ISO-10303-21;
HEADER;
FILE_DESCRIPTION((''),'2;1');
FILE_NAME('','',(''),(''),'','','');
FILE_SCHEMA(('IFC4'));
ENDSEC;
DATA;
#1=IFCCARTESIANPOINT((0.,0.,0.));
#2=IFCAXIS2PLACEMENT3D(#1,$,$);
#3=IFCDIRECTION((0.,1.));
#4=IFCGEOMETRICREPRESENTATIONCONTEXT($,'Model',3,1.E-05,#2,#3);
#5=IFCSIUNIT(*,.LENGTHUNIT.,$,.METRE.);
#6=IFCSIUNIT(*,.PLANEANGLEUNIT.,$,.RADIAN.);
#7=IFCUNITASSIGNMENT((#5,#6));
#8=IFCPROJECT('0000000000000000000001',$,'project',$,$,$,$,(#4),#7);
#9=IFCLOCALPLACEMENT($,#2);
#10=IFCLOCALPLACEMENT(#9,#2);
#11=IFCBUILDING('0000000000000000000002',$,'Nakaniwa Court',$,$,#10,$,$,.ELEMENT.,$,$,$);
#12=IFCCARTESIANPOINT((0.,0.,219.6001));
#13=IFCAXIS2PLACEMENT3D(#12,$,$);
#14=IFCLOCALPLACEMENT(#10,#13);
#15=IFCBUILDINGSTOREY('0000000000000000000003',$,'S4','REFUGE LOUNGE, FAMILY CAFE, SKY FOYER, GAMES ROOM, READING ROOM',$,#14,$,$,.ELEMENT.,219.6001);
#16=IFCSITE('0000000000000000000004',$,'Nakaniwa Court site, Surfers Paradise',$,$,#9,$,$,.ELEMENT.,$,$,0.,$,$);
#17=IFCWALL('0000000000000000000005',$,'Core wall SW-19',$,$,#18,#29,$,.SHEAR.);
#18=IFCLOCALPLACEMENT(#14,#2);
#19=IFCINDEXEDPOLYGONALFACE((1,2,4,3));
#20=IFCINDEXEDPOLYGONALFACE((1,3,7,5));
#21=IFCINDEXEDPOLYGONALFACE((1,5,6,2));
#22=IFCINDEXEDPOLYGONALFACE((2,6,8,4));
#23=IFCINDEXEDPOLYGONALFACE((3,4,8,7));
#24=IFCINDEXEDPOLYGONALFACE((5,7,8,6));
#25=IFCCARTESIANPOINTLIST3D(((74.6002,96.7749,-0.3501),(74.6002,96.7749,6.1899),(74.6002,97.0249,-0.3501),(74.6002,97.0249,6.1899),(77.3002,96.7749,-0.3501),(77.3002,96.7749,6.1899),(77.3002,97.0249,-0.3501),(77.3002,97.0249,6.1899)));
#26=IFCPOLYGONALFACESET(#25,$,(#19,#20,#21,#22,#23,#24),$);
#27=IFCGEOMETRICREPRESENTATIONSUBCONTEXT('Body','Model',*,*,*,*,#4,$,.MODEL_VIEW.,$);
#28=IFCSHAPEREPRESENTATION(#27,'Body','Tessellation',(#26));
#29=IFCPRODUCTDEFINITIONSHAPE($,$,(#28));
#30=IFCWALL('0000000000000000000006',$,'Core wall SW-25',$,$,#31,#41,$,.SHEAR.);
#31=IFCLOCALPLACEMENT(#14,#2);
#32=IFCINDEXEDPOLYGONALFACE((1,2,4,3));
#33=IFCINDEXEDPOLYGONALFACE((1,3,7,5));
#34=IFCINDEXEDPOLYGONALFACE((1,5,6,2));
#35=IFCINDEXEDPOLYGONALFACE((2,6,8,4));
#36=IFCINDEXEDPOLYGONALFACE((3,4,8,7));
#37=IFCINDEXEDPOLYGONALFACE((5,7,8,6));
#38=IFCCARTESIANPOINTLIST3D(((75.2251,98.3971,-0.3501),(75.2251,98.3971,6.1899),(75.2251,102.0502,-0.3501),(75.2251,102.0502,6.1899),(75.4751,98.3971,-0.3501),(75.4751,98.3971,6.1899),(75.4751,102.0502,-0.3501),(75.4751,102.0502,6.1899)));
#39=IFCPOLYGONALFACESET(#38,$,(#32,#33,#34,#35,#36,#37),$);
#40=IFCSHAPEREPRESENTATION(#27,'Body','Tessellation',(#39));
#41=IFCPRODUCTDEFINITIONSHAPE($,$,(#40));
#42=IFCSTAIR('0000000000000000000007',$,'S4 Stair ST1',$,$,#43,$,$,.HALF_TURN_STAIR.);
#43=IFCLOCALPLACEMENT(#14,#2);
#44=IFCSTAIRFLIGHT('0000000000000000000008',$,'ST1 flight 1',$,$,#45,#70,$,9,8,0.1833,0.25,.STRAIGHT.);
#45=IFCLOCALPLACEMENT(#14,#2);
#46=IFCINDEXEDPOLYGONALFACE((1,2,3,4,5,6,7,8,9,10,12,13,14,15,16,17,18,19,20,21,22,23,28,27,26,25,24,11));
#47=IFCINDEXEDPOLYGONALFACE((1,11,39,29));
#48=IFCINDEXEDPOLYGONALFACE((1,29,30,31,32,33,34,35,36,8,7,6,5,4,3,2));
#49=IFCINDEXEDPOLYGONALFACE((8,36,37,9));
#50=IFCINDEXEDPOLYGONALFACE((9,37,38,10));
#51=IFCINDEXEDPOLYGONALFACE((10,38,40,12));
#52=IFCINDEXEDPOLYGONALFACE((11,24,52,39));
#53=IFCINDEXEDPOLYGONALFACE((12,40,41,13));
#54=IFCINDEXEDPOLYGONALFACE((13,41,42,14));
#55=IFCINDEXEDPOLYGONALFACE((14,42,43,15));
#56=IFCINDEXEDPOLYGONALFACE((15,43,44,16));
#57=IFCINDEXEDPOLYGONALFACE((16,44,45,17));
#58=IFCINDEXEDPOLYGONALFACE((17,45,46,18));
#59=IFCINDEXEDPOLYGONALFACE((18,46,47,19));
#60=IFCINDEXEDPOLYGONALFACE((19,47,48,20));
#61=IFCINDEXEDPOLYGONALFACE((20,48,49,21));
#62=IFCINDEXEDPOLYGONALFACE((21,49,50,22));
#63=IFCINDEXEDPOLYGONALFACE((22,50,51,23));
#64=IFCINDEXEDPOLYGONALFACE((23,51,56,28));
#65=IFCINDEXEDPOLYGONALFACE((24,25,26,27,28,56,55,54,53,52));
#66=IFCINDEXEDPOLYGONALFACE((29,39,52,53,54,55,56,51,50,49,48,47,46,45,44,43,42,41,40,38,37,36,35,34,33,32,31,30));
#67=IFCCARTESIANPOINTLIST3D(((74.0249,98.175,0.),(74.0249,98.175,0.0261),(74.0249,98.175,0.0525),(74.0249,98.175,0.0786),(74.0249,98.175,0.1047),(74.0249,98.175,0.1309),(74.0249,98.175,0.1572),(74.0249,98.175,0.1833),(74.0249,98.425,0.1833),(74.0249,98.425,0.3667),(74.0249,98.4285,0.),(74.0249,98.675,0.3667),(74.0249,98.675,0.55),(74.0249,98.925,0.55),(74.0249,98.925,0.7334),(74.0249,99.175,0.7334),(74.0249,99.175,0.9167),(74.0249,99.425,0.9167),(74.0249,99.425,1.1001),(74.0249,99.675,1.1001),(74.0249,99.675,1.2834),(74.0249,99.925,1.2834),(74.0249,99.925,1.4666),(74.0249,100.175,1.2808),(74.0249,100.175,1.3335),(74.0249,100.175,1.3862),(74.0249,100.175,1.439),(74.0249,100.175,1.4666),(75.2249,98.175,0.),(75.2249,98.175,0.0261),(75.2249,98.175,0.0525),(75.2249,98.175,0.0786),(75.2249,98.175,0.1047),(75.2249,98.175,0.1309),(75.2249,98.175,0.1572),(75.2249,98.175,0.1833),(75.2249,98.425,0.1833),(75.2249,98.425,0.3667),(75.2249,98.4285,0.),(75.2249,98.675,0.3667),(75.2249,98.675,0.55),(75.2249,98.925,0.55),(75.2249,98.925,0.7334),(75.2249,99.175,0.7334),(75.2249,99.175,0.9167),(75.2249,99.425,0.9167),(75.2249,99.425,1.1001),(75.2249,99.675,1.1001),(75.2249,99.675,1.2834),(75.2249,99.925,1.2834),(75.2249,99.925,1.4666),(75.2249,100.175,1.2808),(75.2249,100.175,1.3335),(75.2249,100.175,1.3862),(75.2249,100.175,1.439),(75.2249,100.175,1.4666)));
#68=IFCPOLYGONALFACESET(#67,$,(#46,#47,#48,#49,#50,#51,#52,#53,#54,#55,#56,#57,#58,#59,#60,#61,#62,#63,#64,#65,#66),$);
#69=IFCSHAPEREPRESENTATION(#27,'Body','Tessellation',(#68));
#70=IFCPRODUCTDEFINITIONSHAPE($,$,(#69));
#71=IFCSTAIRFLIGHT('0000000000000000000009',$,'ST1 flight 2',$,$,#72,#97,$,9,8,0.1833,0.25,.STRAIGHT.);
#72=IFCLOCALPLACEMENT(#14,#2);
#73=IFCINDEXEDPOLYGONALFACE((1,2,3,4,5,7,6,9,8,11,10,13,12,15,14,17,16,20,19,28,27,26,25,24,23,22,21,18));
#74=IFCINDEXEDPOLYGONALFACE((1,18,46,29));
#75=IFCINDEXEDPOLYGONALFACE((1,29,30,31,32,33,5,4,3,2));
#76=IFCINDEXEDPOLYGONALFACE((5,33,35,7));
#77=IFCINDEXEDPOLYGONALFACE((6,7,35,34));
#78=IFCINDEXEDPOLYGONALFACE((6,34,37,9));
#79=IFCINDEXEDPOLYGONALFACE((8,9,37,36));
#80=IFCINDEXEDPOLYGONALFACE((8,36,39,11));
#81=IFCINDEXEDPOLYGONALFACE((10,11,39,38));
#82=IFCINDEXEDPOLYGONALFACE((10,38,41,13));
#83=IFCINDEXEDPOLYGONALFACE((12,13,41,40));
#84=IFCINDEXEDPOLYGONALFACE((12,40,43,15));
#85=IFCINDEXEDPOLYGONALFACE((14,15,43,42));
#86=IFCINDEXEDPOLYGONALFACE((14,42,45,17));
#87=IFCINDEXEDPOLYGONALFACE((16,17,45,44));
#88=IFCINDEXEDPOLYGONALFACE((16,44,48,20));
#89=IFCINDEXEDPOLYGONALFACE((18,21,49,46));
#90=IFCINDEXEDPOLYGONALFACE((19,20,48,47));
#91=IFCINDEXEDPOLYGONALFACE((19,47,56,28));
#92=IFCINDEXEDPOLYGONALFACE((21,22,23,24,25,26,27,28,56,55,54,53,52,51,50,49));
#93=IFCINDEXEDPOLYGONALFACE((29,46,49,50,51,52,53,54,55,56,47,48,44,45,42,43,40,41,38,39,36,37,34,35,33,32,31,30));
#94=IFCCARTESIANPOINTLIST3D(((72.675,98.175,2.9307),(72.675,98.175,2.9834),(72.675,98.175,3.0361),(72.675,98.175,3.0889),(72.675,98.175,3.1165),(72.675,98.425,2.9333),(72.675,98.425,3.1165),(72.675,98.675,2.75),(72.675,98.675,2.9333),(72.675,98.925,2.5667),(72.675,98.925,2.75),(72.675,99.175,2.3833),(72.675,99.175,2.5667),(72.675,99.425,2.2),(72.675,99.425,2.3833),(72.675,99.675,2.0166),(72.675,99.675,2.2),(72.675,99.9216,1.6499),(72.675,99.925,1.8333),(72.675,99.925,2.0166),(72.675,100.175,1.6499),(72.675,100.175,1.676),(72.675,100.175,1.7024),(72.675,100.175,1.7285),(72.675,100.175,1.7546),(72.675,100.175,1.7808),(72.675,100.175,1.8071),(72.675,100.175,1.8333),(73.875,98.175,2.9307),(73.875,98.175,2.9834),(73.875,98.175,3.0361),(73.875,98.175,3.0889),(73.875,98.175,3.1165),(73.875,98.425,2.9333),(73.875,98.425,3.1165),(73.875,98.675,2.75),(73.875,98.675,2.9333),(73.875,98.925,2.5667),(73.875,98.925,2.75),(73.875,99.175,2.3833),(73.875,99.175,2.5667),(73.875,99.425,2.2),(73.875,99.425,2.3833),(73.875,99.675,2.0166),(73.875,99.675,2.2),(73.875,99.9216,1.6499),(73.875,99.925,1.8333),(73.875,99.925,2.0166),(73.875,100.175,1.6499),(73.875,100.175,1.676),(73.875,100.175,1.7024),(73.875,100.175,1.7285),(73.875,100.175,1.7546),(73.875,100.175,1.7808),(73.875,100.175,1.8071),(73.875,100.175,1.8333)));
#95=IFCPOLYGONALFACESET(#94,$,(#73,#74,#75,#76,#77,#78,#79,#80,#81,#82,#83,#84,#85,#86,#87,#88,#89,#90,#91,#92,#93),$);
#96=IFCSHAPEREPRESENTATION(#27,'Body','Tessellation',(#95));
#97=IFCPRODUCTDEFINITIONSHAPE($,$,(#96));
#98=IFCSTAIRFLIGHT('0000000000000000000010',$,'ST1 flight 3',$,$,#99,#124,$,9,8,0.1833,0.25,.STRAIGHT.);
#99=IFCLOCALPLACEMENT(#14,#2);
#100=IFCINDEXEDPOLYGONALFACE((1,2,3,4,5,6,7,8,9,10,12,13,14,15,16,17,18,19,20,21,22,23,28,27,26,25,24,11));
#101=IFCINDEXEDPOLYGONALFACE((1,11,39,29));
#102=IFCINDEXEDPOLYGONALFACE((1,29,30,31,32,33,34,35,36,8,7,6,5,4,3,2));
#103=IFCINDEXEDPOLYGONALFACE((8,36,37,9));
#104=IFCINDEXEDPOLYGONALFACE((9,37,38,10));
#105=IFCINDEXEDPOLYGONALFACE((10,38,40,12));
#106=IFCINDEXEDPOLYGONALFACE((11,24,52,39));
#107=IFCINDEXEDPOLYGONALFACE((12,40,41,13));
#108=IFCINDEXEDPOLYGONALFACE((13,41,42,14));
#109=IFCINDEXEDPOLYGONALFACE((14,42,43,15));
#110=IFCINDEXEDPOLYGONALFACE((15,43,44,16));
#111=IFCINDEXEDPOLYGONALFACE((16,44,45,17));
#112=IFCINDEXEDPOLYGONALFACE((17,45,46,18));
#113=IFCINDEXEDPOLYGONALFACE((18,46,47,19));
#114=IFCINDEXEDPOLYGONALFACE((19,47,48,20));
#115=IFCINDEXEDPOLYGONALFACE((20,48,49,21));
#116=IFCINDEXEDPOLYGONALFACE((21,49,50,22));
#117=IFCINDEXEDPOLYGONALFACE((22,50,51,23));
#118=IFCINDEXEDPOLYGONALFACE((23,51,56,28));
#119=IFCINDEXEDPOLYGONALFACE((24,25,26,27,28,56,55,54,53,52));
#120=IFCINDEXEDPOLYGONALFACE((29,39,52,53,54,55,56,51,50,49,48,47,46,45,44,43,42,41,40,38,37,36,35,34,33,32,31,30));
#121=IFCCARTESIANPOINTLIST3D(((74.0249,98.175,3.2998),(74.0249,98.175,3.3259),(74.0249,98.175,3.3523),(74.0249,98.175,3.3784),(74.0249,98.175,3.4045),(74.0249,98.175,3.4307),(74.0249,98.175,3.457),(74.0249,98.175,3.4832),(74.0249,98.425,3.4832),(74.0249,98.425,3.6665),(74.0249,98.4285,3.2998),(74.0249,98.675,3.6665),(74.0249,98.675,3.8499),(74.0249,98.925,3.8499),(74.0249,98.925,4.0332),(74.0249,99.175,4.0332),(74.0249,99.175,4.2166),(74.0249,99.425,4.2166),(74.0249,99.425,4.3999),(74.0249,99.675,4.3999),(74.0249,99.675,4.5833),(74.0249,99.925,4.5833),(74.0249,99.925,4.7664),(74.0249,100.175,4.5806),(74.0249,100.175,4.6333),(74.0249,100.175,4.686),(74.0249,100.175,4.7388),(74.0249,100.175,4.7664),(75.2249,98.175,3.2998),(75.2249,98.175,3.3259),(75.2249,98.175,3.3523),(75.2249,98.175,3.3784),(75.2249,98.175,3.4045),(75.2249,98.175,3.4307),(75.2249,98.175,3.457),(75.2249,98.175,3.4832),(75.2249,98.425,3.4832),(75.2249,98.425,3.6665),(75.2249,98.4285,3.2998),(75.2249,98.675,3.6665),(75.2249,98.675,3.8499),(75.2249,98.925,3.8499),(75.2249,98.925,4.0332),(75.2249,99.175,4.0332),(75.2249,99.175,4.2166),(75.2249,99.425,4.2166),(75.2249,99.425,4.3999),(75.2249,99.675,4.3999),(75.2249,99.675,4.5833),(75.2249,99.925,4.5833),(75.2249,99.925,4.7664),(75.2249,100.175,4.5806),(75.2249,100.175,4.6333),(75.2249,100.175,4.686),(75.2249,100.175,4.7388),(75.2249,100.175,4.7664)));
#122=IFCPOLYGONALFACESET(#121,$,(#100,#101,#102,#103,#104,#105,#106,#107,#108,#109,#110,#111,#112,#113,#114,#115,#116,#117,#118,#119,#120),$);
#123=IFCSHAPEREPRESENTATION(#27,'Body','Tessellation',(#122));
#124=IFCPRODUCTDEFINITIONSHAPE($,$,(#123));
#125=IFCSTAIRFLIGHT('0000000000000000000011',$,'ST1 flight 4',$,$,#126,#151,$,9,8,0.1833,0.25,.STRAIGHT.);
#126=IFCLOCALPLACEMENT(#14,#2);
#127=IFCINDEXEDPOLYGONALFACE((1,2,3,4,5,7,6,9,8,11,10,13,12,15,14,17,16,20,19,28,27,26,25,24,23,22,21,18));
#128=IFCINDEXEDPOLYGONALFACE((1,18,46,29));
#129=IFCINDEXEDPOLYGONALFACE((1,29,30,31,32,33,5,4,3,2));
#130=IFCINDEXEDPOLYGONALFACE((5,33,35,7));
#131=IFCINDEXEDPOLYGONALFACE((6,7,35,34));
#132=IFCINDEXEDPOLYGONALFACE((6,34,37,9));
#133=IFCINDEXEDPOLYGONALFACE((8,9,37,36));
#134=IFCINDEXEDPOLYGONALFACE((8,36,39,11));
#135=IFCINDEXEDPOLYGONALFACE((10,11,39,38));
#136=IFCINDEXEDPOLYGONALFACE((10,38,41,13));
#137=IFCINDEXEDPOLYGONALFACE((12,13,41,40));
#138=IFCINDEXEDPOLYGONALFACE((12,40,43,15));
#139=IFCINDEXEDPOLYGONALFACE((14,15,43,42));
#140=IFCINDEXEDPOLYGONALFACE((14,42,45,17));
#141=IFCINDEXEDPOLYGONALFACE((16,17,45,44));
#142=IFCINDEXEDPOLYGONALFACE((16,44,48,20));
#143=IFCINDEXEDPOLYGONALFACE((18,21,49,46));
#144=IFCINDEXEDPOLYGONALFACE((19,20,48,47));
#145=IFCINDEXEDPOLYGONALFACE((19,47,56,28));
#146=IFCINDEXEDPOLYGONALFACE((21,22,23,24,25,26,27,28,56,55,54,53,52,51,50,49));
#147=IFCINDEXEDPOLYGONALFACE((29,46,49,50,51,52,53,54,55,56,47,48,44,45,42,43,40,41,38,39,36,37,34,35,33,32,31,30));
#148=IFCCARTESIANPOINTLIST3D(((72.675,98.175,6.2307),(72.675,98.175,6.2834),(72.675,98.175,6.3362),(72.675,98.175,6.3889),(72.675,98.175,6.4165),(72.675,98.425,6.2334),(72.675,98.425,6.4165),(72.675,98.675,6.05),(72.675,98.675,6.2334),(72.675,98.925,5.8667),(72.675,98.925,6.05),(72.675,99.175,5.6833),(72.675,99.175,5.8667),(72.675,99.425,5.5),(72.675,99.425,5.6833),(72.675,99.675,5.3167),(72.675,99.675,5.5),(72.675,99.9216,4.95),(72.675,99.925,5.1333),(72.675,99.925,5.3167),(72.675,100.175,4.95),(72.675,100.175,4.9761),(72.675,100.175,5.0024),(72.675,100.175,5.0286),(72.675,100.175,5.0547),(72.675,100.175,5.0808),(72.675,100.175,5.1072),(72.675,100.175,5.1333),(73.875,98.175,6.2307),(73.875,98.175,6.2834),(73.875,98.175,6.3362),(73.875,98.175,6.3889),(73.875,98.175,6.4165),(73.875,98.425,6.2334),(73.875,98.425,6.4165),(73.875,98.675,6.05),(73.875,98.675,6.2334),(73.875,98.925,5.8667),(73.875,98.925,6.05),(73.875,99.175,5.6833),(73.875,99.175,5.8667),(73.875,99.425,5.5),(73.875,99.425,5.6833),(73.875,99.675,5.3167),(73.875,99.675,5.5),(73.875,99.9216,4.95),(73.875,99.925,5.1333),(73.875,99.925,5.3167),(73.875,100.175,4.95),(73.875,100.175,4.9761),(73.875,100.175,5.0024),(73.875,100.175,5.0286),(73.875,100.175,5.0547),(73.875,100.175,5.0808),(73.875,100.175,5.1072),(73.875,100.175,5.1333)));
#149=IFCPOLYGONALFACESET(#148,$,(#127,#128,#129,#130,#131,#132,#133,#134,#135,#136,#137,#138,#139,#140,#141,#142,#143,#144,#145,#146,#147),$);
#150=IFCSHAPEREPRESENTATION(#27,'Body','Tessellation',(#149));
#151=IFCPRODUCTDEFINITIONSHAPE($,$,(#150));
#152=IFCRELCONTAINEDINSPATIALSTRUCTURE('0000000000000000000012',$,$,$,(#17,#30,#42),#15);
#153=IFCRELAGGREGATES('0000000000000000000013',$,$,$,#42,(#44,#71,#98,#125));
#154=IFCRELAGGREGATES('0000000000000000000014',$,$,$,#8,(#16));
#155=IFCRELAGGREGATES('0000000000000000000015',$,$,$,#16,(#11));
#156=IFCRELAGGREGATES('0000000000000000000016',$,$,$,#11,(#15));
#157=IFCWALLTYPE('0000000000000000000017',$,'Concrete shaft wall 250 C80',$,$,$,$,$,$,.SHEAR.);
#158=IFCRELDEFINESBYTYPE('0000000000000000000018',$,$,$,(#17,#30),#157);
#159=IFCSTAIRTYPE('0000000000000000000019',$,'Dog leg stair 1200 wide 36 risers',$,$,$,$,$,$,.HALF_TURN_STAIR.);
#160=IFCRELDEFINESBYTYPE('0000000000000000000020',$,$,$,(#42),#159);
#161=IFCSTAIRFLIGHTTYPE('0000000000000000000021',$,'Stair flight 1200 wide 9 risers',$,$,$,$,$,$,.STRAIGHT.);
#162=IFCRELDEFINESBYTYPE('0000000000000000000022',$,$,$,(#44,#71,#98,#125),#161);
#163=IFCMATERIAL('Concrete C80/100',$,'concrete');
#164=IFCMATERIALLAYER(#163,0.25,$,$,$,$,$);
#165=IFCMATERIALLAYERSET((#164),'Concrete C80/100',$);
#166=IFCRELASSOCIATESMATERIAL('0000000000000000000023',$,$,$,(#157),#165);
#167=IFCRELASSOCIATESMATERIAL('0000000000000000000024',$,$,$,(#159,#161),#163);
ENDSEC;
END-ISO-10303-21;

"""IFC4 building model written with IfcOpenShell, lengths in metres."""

from ifc_helpers import new_model, si_unit, direction, frame, frame_2d, origin, place, context, subcontext, project, spatial, polyline, rectangle, outline, extrude, material, layer, layer_set, type_object, element, aggregate, save


model = new_model("IFC4")

# Units and contexts
model_context = context("Model", 3, precision=1e-05, world=origin(), true_north=direction((0.0, 1.0)))
body_context = subcontext(model_context, "Body", "Model", "MODEL_VIEW")
ifc_project = project(units=[si_unit("LENGTHUNIT", "METRE"), si_unit("PLANEANGLEUNIT", "RADIAN")], contexts=[model_context])

# Site, building, storey
site_placement = place(None, origin())
site = spatial("IfcSite", under=ifc_project, at=site_placement, Name="Nakaniwa Court site, Surfers Paradise", CompositionType="ELEMENT", RefElevation=0.0)
building_placement = place(site_placement, origin())
building = spatial("IfcBuilding", under=site, at=building_placement, Name="Nakaniwa Court", CompositionType="ELEMENT")
storey_placement = place(building_placement, frame((0.0, 0.0, 219.6001)))
storey = spatial("IfcBuildingStorey", under=building, at=storey_placement, Name="S4", Description="REFUGE LOUNGE, FAMILY CAFE, SKY FOYER, GAMES ROOM, READING ROOM", CompositionType="ELEMENT", Elevation=219.6001)

# Shared definitions
ifc_material_1 = material(Name="Concrete C80/100", Category="concrete")

# Walls
ifc_layer_1 = layer(ifc_material_1, 0.25)
ifc_layer_set_1 = layer_set([ifc_layer_1], Name="Concrete C80/100")
wall_type_1 = type_object("IfcWallType", Name="Concrete shaft wall 250 C80", PredefinedType="SHEAR", material=ifc_layer_set_1)
wall_1_placement = place(storey_placement, frame((74.6001, 96.8999, -0.3501), z_axis=(0.0, 0.0, 1.0), x_axis=(1.0, 0.0, 0.0)))
element("IfcWall", 1, at=wall_1_placement, inside=storey, type_object=wall_type_1, Name="Core wall SW-19", PredefinedType="SHEAR", context=body_context, shape_type="SweptSolid", body=[
    extrude(rectangle(XDim=2.7, YDim=0.25, at=frame_2d((1.3501, 0.0))), origin(), (0.0, 0.0, 1.0), 6.54),
])
wall_2_placement = place(storey_placement, frame((75.3501, 98.397, -0.3501), z_axis=(0.0, 0.0, 1.0), x_axis=(0.0, 1.0, 0.0)))
element("IfcWall", 2, at=wall_2_placement, inside=storey, type_object=wall_type_1, Name="Core wall SW-25", PredefinedType="SHEAR", context=body_context, shape_type="SweptSolid", body=[
    extrude(rectangle(XDim=3.6531, YDim=0.25, at=frame_2d((1.8267, 0.0))), origin(), (0.0, 0.0, 1.0), 6.54),
])

# Stair, stair flights
stair_type = type_object("IfcStairType", Name="Dog leg stair 1200 wide 36 risers", PredefinedType="HALF_TURN_STAIR", material=ifc_material_1)
stair_placement = place(storey_placement, origin())
stair = element("IfcStair", 3, at=stair_placement, inside=storey, type_object=stair_type, Name="S4 Stair ST1", PredefinedType="HALF_TURN_STAIR")
stair_flight_type = type_object("IfcStairFlightType", Name="Stair flight 1200 wide 9 risers", PredefinedType="STRAIGHT", material=ifc_material_1)
stair_flight_1_placement = place(storey_placement, frame((74.625, 98.175, 0.0), z_axis=(0.0, 0.0, 1.0), x_axis=(0.0, 1.0, 0.0)))
stair_flight_1 = element("IfcStairFlight", 4, at=stair_flight_1_placement, type_object=stair_flight_type, Name="ST1 flight 1", NumberOfRisers=9, NumberOfTreads=8, PredefinedType="STRAIGHT", RiserHeight=0.1833, TreadLength=0.25, context=body_context, shape_type="SweptSolid", body=[
    extrude(outline(polyline([(0.0, 0.0), (0.0, 0.0261), (0.0, 0.0525), (0.0, 0.0786), (0.0, 0.1047), (0.0, 0.1309), (0.0, 0.1572), (0.0, 0.1833), (0.25, 0.1833), (0.25, 0.3667), (0.5, 0.3667), (0.5, 0.55), (0.75, 0.55), (0.75, 0.7334), (1.0, 0.7334), (1.0, 0.9167), (1.25, 0.9167), (1.25, 1.1001), (1.5, 1.1001), (1.5, 1.2834), (1.75, 1.2834), (1.75, 1.4666), (2.0, 1.4666), (2.0, 1.6499), (2.0, 1.5972), (2.0, 1.5444), (2.0, 1.4917), (2.0, 1.439), (2.0, 1.3862), (2.0, 1.3335), (2.0, 1.2808), (0.2534, 0.0), (0.0, 0.0)])), frame((0.0, 0.6001, 0.0), z_axis=(0.0, -1.0, 0.0), x_axis=(1.0, 0.0, 0.0)), (0.0, 0.0, 1.0), 1.2),
])
stair_flight_2_placement = place(storey_placement, frame((73.2749, 100.175, 1.6499), z_axis=(0.0, 0.0, 1.0), x_axis=(0.0, -1.0, 0.0)))
stair_flight_2 = element("IfcStairFlight", 5, at=stair_flight_2_placement, type_object=stair_flight_type, Name="ST1 flight 2", NumberOfRisers=9, NumberOfTreads=8, PredefinedType="STRAIGHT", RiserHeight=0.1833, TreadLength=0.25, context=body_context, shape_type="SweptSolid", body=[
    extrude(outline(polyline([(0.0, 0.0), (0.0, 0.0261), (0.0, 0.0525), (0.0, 0.0786), (0.0, 0.1047), (0.0, 0.1309), (0.0, 0.1572), (0.0, 0.1833), (0.25, 0.1833), (0.25, 0.3667), (0.5, 0.3667), (0.5, 0.55), (0.75, 0.55), (0.75, 0.7334), (1.0, 0.7334), (1.0, 0.9167), (1.25, 0.9167), (1.25, 1.1001), (1.5, 1.1001), (1.5, 1.2834), (1.75, 1.2834), (1.75, 1.4666), (2.0, 1.4666), (2.0, 1.6499), (2.0, 1.5972), (2.0, 1.5444), (2.0, 1.4917), (2.0, 1.439), (2.0, 1.3862), (2.0, 1.3335), (2.0, 1.2808), (0.2534, 0.0), (0.0, 0.0)])), frame((0.0, 0.6001, 0.0), z_axis=(0.0, -1.0, 0.0), x_axis=(1.0, 0.0, 0.0)), (0.0, 0.0, 1.0), 1.2),
])
stair_flight_3_placement = place(storey_placement, frame((74.625, 98.175, 3.2998), z_axis=(0.0, 0.0, 1.0), x_axis=(0.0, 1.0, 0.0)))
stair_flight_3 = element("IfcStairFlight", 6, at=stair_flight_3_placement, type_object=stair_flight_type, Name="ST1 flight 3", NumberOfRisers=9, NumberOfTreads=8, PredefinedType="STRAIGHT", RiserHeight=0.1833, TreadLength=0.25, context=body_context, shape_type="SweptSolid", body=[
    extrude(outline(polyline([(0.0, 0.0), (0.0, 0.0261), (0.0, 0.0525), (0.0, 0.0786), (0.0, 0.1047), (0.0, 0.1309), (0.0, 0.1572), (0.0, 0.1833), (0.25, 0.1833), (0.25, 0.3667), (0.5, 0.3667), (0.5, 0.55), (0.75, 0.55), (0.75, 0.7334), (1.0, 0.7334), (1.0, 0.9167), (1.25, 0.9167), (1.25, 1.1001), (1.5, 1.1001), (1.5, 1.2834), (1.75, 1.2834), (1.75, 1.4666), (2.0, 1.4666), (2.0, 1.6499), (2.0, 1.5972), (2.0, 1.5444), (2.0, 1.4917), (2.0, 1.439), (2.0, 1.3862), (2.0, 1.3335), (2.0, 1.2808), (0.2534, 0.0), (0.0, 0.0)])), frame((0.0, 0.6001, 0.0), z_axis=(0.0, -1.0, 0.0), x_axis=(1.0, 0.0, 0.0)), (0.0, 0.0, 1.0), 1.2),
])
stair_flight_4_placement = place(storey_placement, frame((73.2749, 100.175, 4.95), z_axis=(0.0, 0.0, 1.0), x_axis=(0.0, -1.0, 0.0)))
stair_flight_4 = element("IfcStairFlight", 7, at=stair_flight_4_placement, type_object=stair_flight_type, Name="ST1 flight 4", NumberOfRisers=9, NumberOfTreads=8, PredefinedType="STRAIGHT", RiserHeight=0.1833, TreadLength=0.25, context=body_context, shape_type="SweptSolid", body=[
    extrude(outline(polyline([(0.0, 0.0), (0.0, 0.0261), (0.0, 0.0525), (0.0, 0.0786), (0.0, 0.1047), (0.0, 0.1309), (0.0, 0.1572), (0.0, 0.1833), (0.25, 0.1833), (0.25, 0.3667), (0.5, 0.3667), (0.5, 0.55), (0.75, 0.55), (0.75, 0.7334), (1.0, 0.7334), (1.0, 0.9167), (1.25, 0.9167), (1.25, 1.1001), (1.5, 1.1001), (1.5, 1.2834), (1.75, 1.2834), (1.75, 1.4666), (2.0, 1.4666), (2.0, 1.6499), (2.0, 1.5972), (2.0, 1.5444), (2.0, 1.4917), (2.0, 1.439), (2.0, 1.3862), (2.0, 1.3335), (2.0, 1.2808), (0.2534, 0.0), (0.0, 0.0)])), frame((0.0, 0.6001, 0.0), z_axis=(0.0, -1.0, 0.0), x_axis=(1.0, 0.0, 0.0)), (0.0, 0.0, 1.0), 1.2),
])
aggregate(stair, [stair_flight_1, stair_flight_2, stair_flight_3, stair_flight_4])

save(model, "model.ifc")
